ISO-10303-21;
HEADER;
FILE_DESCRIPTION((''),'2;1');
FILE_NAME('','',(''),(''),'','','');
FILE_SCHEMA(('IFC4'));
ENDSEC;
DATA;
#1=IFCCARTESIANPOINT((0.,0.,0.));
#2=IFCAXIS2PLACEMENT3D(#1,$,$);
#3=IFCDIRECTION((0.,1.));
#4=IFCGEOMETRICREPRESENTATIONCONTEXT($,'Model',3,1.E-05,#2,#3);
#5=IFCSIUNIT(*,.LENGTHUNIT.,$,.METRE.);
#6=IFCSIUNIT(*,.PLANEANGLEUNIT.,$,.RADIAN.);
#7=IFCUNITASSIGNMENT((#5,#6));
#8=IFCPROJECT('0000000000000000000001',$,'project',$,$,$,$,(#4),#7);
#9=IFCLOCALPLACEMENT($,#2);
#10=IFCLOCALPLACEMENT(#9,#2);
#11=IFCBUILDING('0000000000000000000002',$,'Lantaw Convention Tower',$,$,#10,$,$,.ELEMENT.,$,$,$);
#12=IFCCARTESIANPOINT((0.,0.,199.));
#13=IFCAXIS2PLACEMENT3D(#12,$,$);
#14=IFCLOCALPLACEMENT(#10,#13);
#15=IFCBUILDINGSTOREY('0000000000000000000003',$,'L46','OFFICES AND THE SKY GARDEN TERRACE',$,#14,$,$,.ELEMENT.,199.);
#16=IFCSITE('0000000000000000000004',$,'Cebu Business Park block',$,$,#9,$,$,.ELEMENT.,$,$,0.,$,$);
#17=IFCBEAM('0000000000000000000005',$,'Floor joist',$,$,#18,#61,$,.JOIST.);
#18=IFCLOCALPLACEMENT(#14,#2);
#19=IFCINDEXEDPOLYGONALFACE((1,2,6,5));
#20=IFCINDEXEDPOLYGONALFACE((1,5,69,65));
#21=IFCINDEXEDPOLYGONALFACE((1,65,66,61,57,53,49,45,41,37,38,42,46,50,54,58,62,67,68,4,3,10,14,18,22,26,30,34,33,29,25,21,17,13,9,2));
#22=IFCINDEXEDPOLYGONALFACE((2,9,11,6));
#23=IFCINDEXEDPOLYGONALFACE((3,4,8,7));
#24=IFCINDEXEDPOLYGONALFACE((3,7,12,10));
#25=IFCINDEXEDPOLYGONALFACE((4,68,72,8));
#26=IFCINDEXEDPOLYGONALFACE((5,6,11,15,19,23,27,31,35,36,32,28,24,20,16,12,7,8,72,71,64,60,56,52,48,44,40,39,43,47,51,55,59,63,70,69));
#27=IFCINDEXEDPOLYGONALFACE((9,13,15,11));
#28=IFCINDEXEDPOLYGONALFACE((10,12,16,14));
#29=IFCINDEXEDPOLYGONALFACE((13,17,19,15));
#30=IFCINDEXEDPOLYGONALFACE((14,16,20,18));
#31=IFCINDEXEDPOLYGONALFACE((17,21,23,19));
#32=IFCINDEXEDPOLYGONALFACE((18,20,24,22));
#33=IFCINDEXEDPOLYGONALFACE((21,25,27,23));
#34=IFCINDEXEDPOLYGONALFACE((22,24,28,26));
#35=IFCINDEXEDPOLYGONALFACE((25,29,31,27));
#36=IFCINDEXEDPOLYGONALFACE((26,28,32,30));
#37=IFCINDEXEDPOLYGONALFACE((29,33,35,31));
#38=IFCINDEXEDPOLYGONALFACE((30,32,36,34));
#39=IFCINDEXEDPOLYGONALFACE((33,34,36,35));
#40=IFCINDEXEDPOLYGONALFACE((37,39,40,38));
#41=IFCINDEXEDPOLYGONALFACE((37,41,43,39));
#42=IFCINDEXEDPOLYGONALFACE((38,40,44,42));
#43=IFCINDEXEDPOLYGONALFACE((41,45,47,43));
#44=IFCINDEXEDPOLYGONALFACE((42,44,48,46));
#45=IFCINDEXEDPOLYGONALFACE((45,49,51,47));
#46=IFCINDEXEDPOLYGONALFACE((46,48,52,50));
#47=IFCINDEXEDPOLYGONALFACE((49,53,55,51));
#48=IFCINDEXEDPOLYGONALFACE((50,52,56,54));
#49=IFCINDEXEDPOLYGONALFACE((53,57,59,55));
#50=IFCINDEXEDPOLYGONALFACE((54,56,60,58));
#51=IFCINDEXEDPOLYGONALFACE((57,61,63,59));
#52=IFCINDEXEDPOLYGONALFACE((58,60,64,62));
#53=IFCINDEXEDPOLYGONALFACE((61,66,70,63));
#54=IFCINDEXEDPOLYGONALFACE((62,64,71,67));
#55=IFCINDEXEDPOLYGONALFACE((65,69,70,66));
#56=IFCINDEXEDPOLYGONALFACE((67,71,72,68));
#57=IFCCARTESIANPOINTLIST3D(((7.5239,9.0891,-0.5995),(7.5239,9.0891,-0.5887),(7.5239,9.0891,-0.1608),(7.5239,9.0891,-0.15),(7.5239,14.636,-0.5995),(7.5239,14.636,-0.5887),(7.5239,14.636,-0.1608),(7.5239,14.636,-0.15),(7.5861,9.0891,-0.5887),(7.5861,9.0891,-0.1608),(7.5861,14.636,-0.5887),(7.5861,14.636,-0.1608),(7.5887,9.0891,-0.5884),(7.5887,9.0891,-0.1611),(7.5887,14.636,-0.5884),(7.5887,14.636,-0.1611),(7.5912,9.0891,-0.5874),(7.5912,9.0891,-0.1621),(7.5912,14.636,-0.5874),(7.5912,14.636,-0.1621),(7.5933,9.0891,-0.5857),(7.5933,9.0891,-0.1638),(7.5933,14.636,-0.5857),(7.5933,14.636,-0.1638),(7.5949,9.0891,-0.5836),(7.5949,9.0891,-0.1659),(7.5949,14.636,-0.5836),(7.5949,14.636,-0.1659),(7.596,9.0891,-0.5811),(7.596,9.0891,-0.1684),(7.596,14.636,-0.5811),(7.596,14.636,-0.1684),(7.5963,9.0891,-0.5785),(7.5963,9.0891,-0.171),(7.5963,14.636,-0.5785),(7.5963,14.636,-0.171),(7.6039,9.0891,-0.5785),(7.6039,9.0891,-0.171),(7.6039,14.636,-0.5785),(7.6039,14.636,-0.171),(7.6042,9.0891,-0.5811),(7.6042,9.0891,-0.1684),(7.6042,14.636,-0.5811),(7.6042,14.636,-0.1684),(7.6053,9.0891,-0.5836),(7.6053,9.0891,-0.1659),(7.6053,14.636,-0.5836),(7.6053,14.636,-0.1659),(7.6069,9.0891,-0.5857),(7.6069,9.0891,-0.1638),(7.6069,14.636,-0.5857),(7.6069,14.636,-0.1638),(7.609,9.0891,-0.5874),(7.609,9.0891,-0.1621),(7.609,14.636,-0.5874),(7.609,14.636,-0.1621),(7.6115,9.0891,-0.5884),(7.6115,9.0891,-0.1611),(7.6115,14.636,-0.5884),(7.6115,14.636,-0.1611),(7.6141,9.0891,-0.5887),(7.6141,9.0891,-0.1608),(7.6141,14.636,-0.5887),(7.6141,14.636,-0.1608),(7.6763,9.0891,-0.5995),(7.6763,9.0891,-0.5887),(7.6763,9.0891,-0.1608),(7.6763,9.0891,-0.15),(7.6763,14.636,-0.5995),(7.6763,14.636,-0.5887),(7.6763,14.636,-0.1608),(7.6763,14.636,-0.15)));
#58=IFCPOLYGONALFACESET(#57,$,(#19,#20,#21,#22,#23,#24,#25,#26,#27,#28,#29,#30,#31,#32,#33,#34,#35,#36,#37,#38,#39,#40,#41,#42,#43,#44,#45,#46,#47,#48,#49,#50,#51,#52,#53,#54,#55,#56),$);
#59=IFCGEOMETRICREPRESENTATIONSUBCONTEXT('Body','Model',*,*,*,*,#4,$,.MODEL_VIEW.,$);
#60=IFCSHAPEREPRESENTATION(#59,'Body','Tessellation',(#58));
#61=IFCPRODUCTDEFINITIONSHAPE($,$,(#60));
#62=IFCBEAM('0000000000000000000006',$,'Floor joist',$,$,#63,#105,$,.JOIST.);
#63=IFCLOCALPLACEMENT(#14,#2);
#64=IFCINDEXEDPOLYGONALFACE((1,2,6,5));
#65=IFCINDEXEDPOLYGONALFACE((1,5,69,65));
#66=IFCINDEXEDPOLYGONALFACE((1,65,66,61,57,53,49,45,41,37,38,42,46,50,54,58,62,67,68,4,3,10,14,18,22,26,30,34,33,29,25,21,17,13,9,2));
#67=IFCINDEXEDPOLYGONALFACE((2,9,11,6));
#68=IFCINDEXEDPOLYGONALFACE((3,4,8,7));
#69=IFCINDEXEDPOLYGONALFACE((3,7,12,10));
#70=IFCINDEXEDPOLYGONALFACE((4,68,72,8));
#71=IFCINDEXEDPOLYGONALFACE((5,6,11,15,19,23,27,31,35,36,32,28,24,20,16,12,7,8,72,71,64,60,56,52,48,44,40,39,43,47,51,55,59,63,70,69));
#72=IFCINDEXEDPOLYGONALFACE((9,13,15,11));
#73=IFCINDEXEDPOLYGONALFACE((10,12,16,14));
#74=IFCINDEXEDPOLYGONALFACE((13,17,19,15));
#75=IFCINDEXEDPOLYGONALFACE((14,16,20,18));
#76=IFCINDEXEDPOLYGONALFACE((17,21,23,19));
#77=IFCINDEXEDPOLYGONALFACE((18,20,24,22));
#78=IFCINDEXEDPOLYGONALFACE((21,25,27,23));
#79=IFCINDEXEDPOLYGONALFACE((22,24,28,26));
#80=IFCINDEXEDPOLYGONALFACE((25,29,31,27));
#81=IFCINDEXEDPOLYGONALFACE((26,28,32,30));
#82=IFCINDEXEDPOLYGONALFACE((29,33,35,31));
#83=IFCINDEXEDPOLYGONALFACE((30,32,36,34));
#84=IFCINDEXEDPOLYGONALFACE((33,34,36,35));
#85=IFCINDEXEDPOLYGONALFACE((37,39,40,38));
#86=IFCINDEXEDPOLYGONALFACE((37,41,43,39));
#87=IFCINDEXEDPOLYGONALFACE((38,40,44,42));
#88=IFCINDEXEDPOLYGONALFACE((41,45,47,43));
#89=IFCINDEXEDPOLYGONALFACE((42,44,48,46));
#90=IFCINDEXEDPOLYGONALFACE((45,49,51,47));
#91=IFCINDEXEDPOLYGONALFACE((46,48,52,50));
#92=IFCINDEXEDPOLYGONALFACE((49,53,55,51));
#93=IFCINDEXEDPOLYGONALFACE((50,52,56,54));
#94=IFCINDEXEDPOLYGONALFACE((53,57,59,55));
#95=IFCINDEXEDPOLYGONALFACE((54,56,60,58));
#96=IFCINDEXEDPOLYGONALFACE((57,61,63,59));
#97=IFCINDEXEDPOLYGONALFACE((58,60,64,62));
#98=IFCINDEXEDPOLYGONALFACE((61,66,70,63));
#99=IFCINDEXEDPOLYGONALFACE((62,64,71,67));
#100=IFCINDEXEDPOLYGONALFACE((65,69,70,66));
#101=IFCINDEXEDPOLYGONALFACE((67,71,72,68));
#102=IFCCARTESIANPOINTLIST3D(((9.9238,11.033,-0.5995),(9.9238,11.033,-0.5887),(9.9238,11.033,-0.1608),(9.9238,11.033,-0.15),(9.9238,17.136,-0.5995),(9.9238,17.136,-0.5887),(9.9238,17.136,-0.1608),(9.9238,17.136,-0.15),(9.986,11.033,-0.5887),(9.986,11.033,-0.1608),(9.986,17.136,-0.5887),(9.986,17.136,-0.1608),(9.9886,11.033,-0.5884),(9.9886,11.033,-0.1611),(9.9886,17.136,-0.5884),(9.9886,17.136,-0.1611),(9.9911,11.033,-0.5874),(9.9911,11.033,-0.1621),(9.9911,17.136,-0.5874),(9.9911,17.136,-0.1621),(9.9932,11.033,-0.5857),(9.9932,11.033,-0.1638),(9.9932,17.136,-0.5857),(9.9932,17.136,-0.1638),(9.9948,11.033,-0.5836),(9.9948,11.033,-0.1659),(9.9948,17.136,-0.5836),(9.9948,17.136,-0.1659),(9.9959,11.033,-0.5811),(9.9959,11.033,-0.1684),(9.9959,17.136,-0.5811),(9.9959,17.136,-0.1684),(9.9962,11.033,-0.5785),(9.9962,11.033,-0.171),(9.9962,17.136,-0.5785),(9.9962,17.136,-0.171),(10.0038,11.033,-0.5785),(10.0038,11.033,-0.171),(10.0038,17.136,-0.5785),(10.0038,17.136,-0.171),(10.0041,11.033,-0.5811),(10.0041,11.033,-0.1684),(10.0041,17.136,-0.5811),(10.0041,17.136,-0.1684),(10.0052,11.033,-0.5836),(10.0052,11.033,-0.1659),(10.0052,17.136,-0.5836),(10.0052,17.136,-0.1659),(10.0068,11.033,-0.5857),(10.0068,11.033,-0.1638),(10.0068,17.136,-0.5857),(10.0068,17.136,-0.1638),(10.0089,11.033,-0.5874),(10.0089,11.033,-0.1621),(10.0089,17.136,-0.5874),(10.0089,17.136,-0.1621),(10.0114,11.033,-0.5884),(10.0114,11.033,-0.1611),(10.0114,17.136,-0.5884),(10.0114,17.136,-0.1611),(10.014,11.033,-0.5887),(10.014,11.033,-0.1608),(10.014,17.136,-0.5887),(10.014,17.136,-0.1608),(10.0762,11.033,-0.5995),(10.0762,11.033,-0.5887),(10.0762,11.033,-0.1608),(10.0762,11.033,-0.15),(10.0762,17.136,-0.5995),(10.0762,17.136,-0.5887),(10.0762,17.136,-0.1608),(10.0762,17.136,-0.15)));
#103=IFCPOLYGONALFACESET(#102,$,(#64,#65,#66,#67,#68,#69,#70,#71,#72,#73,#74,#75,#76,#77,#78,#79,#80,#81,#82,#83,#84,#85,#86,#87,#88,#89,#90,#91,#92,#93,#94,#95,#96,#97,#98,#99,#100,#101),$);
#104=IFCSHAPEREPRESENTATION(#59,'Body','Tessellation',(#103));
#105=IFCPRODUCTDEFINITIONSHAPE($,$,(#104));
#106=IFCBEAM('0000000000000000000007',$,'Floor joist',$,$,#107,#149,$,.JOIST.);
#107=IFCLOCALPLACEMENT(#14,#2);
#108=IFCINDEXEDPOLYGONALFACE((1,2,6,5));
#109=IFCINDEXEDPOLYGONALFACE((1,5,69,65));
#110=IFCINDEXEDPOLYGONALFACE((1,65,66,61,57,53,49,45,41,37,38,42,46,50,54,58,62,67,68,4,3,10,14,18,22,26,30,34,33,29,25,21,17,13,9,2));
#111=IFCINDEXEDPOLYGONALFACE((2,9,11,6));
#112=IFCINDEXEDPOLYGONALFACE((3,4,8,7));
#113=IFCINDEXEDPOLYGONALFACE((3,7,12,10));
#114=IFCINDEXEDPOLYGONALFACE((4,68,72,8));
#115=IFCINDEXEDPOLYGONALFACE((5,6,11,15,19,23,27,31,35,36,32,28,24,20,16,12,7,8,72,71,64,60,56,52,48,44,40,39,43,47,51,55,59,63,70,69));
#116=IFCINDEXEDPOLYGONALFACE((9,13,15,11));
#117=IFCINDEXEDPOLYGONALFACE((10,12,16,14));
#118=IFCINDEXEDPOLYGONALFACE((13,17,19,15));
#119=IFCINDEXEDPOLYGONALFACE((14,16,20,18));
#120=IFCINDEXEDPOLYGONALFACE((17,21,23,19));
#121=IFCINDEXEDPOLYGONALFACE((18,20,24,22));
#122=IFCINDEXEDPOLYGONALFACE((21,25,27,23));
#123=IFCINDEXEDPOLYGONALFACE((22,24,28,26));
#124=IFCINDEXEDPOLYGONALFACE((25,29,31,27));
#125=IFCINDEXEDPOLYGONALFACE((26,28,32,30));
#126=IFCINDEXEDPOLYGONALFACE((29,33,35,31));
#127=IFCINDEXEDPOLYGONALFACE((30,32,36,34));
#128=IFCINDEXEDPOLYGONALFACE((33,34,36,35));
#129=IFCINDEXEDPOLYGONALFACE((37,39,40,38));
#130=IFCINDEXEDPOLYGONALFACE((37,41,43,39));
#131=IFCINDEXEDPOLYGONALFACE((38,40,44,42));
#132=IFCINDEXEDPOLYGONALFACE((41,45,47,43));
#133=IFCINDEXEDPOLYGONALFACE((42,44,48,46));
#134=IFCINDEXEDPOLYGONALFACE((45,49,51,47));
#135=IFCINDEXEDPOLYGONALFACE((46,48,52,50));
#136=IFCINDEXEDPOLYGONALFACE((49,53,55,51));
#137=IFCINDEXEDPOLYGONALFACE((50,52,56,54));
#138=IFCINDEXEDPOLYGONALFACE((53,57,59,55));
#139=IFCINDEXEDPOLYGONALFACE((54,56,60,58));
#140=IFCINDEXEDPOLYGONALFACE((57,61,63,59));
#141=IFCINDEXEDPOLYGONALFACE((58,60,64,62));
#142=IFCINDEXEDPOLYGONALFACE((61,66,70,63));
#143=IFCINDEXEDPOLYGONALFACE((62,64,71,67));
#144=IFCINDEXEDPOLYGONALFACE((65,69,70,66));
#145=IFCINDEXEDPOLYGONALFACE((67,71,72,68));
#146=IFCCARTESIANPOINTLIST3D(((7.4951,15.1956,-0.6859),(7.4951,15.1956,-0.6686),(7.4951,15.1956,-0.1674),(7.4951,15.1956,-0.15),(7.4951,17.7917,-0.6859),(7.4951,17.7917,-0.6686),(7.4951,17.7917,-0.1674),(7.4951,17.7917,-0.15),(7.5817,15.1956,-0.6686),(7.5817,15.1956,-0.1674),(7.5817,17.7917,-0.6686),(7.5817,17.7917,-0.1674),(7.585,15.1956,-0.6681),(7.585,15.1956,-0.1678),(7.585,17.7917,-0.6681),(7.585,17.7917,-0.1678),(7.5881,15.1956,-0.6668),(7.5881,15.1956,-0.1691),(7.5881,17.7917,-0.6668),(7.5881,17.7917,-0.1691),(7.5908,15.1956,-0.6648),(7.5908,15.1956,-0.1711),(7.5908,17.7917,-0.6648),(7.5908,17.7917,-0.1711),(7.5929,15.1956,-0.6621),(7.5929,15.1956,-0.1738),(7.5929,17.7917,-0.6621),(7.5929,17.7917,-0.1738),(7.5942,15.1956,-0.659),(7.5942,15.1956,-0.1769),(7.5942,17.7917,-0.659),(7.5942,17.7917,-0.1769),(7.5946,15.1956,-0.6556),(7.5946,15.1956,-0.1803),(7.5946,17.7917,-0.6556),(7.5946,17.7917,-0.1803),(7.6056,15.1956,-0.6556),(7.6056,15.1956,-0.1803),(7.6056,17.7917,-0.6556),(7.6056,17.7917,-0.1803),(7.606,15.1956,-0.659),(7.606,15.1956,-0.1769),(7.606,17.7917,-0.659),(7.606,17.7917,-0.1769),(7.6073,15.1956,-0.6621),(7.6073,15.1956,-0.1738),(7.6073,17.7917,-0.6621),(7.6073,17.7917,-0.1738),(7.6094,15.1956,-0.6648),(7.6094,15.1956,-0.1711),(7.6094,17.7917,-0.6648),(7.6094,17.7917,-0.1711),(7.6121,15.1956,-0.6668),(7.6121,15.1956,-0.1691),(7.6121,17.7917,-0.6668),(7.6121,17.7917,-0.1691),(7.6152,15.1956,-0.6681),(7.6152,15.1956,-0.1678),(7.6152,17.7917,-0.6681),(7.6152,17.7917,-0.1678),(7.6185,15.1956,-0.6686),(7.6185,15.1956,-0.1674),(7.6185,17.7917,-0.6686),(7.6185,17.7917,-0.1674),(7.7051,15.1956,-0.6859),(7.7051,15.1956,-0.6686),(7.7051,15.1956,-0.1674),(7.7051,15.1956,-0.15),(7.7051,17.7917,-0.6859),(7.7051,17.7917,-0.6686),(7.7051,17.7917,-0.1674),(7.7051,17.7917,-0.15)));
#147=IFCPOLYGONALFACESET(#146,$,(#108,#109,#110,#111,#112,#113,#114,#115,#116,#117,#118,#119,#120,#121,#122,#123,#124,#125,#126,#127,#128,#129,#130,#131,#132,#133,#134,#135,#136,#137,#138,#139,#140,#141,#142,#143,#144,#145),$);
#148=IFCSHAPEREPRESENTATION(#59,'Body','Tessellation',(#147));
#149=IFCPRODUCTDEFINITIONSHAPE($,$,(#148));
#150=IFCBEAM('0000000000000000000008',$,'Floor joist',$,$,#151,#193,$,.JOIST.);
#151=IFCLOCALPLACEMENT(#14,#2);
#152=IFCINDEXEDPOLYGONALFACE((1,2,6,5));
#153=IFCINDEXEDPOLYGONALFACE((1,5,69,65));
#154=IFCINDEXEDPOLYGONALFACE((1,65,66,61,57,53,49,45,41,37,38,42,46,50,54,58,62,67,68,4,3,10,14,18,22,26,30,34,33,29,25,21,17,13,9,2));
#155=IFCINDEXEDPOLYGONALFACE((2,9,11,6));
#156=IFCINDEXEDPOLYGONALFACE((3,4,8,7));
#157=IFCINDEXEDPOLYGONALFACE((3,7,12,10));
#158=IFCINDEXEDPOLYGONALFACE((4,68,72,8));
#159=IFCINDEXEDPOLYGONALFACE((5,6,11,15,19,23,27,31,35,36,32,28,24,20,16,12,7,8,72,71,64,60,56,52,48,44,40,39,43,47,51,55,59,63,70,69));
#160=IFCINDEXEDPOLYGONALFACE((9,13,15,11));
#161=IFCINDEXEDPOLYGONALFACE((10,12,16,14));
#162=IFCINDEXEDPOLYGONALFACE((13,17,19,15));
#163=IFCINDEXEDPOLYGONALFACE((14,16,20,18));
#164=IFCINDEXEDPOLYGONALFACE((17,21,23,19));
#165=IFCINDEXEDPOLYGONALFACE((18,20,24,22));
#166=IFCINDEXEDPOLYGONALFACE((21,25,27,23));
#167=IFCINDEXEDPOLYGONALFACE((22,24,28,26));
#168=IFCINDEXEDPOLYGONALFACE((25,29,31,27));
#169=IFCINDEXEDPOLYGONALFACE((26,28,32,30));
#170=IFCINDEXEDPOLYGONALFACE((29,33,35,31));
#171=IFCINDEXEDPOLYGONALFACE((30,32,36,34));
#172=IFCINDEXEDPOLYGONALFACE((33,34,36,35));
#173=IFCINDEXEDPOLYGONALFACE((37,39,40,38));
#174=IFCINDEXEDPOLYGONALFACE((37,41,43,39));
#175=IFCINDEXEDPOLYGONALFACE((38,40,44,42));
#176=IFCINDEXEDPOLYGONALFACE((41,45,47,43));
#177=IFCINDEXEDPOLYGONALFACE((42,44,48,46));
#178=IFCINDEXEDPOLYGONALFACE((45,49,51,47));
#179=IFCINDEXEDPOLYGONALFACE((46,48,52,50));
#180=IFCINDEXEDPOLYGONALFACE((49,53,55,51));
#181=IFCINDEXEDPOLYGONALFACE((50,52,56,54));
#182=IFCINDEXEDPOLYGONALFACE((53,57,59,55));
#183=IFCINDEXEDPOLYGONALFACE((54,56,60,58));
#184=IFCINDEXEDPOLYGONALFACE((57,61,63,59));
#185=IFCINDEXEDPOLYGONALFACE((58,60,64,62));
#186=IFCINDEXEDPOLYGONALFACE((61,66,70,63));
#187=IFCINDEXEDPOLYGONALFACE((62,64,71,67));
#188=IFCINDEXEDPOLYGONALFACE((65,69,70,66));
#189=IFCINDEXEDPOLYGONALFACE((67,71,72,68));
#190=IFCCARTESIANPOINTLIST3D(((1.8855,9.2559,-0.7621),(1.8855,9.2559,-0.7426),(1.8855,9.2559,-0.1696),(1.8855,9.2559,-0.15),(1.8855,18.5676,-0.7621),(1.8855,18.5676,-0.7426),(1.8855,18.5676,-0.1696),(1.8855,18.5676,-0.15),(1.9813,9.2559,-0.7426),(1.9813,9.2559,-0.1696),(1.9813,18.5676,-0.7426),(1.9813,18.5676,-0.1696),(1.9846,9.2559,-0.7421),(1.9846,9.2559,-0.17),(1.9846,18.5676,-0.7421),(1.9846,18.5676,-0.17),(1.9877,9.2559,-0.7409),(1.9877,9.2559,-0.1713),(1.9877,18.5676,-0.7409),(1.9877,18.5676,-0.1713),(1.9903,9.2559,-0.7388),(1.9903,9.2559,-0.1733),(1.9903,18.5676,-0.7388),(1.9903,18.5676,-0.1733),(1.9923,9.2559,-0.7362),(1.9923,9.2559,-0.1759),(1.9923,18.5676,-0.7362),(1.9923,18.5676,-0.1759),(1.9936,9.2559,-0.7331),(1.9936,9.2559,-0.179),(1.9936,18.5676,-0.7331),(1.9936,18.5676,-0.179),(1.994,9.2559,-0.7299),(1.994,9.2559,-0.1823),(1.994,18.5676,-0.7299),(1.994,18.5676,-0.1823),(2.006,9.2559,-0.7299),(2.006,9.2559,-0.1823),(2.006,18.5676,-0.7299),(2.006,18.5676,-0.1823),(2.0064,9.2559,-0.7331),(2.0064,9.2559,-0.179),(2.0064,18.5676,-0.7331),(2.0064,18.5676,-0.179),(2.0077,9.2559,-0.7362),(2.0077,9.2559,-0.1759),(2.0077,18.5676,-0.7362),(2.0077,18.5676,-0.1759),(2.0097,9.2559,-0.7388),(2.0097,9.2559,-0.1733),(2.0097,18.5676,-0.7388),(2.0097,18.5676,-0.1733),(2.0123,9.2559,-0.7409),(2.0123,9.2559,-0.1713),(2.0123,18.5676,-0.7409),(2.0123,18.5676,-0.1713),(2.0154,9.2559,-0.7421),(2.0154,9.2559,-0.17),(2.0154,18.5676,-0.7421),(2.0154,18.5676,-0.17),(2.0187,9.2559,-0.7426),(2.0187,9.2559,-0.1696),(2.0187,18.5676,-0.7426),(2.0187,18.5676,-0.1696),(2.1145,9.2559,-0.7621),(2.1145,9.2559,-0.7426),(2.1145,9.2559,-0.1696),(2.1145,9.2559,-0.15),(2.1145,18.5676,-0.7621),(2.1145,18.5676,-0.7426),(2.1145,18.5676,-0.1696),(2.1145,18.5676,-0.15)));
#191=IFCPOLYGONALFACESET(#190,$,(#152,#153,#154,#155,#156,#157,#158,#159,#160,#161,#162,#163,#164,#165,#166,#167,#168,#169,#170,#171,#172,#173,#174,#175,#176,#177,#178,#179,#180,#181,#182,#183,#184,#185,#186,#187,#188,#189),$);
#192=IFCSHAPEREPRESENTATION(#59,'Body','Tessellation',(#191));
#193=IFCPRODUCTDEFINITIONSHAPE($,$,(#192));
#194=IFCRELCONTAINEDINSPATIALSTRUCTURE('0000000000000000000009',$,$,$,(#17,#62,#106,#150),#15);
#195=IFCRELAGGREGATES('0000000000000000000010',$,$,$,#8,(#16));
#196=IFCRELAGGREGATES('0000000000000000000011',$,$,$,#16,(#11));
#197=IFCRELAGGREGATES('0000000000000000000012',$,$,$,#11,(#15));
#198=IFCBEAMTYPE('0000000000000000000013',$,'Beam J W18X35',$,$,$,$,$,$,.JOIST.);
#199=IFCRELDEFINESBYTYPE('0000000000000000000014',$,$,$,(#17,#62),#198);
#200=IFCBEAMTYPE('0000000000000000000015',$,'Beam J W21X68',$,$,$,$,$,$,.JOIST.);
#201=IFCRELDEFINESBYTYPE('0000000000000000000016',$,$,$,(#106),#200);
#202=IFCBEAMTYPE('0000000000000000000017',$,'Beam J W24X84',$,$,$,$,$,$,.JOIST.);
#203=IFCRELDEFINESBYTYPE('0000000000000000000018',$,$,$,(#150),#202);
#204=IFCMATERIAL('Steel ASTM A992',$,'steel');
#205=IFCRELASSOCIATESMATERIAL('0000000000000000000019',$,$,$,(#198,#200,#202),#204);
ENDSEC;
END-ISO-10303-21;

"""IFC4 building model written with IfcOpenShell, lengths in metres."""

from ifc_helpers import new_model, si_unit, direction, frame, origin, origin_2d, place, context, subcontext, project, spatial, i_section, extrude, material, material_profile, profile_set, type_object, element, save


model = new_model("IFC4")

# Units and contexts
model_context = context("Model", 3, precision=1e-05, world=origin(), true_north=direction((0.0, 1.0)))
body_context = subcontext(model_context, "Body", "Model", "MODEL_VIEW")
ifc_project = project(units=[si_unit("LENGTHUNIT", "METRE"), si_unit("PLANEANGLEUNIT", "RADIAN")], contexts=[model_context])

# Site, building, storey
site_placement = place(None, origin())
site = spatial("IfcSite", under=ifc_project, at=site_placement, Name="Cebu Business Park block", CompositionType="ELEMENT", RefElevation=0.0)
building_placement = place(site_placement, origin())
building = spatial("IfcBuilding", under=site, at=building_placement, Name="Lantaw Convention Tower", CompositionType="ELEMENT")
storey_placement = place(building_placement, frame((0.0, 0.0, 199.0)))
storey = spatial("IfcBuildingStorey", under=building, at=storey_placement, Name="L46", Description="OFFICES AND THE SKY GARDEN TERRACE", CompositionType="ELEMENT", Elevation=199.0)

# Beams
ifc_material_1 = material(Name="Steel ASTM A992", Category="steel")
ifc_material_profile_1 = material_profile(ifc_material_1, i_section(OverallWidth=0.1523, OverallDepth=0.4495, WebThickness=0.0076, FlangeThickness=0.0107, FilletRadius=0.0103, at=origin_2d()), Name="W18X35")
ifc_profile_set_1 = profile_set([ifc_material_profile_1], Name="Steel ASTM A992")
beam_type_1 = type_object("IfcBeamType", Name="Beam J W18X35", PredefinedType="JOIST", material=ifc_profile_set_1)
beam_1_placement = place(storey_placement, frame((7.6001, 9.0891, -0.3748), z_axis=(0.0, 1.0, 0.0), x_axis=(-1.0, 0.0, 0.0)))
element("IfcBeam", 1, at=beam_1_placement, inside=storey, type_object=beam_type_1, Name="Floor joist", PredefinedType="JOIST", context=body_context, shape_type="SweptSolid", body=[
    extrude(i_section(OverallWidth=0.1523, OverallDepth=0.4495, WebThickness=0.0076, FlangeThickness=0.0107, FilletRadius=0.0103, at=origin_2d()), origin(), (0.0, 0.0, 1.0), 5.5469),
])
beam_2_placement = place(storey_placement, frame((10.0, 11.033, -0.3748), z_axis=(0.0, 1.0, 0.0), x_axis=(-1.0, 0.0, 0.0)))
element("IfcBeam", 2, at=beam_2_placement, inside=storey, type_object=beam_type_1, Name="Floor joist", PredefinedType="JOIST", context=body_context, shape_type="SweptSolid", body=[
    extrude(i_section(OverallWidth=0.1523, OverallDepth=0.4495, WebThickness=0.0076, FlangeThickness=0.0107, FilletRadius=0.0103, at=origin_2d()), origin(), (0.0, 0.0, 1.0), 6.103),
])
ifc_material_profile_2 = material_profile(ifc_material_1, i_section(OverallWidth=0.21, OverallDepth=0.5359, WebThickness=0.011, FlangeThickness=0.0173, FilletRadius=0.0129, at=origin_2d()), Name="W21X68")
ifc_profile_set_2 = profile_set([ifc_material_profile_2], Name="Steel ASTM A992")
beam_type_2 = type_object("IfcBeamType", Name="Beam J W21X68", PredefinedType="JOIST", material=ifc_profile_set_2)
beam_3_placement = place(storey_placement, frame((7.6001, 15.1956, -0.418), z_axis=(0.0, 1.0, 0.0), x_axis=(-1.0, 0.0, 0.0)))
element("IfcBeam", 3, at=beam_3_placement, inside=storey, type_object=beam_type_2, Name="Floor joist", PredefinedType="JOIST", context=body_context, shape_type="SweptSolid", body=[
    extrude(i_section(OverallWidth=0.21, OverallDepth=0.5359, WebThickness=0.011, FlangeThickness=0.0173, FilletRadius=0.0129, at=origin_2d()), origin(), (0.0, 0.0, 1.0), 2.5962),
])
ifc_material_profile_3 = material_profile(ifc_material_1, i_section(OverallWidth=0.229, OverallDepth=0.6121, WebThickness=0.012, FlangeThickness=0.0195, FilletRadius=0.0127, at=origin_2d()), Name="W24X84")
ifc_profile_set_3 = profile_set([ifc_material_profile_3], Name="Steel ASTM A992")
beam_type_3 = type_object("IfcBeamType", Name="Beam J W24X84", PredefinedType="JOIST", material=ifc_profile_set_3)
beam_4_placement = place(storey_placement, frame((2.0, 9.2559, -0.4561), z_axis=(0.0, 1.0, 0.0), x_axis=(-1.0, 0.0, 0.0)))
element("IfcBeam", 4, at=beam_4_placement, inside=storey, type_object=beam_type_3, Name="Floor joist", PredefinedType="JOIST", context=body_context, shape_type="SweptSolid", body=[
    extrude(i_section(OverallWidth=0.229, OverallDepth=0.6121, WebThickness=0.012, FlangeThickness=0.0195, FilletRadius=0.0127, at=origin_2d()), origin(), (0.0, 0.0, 1.0), 9.3118),
])

save(model, "model.ifc")
